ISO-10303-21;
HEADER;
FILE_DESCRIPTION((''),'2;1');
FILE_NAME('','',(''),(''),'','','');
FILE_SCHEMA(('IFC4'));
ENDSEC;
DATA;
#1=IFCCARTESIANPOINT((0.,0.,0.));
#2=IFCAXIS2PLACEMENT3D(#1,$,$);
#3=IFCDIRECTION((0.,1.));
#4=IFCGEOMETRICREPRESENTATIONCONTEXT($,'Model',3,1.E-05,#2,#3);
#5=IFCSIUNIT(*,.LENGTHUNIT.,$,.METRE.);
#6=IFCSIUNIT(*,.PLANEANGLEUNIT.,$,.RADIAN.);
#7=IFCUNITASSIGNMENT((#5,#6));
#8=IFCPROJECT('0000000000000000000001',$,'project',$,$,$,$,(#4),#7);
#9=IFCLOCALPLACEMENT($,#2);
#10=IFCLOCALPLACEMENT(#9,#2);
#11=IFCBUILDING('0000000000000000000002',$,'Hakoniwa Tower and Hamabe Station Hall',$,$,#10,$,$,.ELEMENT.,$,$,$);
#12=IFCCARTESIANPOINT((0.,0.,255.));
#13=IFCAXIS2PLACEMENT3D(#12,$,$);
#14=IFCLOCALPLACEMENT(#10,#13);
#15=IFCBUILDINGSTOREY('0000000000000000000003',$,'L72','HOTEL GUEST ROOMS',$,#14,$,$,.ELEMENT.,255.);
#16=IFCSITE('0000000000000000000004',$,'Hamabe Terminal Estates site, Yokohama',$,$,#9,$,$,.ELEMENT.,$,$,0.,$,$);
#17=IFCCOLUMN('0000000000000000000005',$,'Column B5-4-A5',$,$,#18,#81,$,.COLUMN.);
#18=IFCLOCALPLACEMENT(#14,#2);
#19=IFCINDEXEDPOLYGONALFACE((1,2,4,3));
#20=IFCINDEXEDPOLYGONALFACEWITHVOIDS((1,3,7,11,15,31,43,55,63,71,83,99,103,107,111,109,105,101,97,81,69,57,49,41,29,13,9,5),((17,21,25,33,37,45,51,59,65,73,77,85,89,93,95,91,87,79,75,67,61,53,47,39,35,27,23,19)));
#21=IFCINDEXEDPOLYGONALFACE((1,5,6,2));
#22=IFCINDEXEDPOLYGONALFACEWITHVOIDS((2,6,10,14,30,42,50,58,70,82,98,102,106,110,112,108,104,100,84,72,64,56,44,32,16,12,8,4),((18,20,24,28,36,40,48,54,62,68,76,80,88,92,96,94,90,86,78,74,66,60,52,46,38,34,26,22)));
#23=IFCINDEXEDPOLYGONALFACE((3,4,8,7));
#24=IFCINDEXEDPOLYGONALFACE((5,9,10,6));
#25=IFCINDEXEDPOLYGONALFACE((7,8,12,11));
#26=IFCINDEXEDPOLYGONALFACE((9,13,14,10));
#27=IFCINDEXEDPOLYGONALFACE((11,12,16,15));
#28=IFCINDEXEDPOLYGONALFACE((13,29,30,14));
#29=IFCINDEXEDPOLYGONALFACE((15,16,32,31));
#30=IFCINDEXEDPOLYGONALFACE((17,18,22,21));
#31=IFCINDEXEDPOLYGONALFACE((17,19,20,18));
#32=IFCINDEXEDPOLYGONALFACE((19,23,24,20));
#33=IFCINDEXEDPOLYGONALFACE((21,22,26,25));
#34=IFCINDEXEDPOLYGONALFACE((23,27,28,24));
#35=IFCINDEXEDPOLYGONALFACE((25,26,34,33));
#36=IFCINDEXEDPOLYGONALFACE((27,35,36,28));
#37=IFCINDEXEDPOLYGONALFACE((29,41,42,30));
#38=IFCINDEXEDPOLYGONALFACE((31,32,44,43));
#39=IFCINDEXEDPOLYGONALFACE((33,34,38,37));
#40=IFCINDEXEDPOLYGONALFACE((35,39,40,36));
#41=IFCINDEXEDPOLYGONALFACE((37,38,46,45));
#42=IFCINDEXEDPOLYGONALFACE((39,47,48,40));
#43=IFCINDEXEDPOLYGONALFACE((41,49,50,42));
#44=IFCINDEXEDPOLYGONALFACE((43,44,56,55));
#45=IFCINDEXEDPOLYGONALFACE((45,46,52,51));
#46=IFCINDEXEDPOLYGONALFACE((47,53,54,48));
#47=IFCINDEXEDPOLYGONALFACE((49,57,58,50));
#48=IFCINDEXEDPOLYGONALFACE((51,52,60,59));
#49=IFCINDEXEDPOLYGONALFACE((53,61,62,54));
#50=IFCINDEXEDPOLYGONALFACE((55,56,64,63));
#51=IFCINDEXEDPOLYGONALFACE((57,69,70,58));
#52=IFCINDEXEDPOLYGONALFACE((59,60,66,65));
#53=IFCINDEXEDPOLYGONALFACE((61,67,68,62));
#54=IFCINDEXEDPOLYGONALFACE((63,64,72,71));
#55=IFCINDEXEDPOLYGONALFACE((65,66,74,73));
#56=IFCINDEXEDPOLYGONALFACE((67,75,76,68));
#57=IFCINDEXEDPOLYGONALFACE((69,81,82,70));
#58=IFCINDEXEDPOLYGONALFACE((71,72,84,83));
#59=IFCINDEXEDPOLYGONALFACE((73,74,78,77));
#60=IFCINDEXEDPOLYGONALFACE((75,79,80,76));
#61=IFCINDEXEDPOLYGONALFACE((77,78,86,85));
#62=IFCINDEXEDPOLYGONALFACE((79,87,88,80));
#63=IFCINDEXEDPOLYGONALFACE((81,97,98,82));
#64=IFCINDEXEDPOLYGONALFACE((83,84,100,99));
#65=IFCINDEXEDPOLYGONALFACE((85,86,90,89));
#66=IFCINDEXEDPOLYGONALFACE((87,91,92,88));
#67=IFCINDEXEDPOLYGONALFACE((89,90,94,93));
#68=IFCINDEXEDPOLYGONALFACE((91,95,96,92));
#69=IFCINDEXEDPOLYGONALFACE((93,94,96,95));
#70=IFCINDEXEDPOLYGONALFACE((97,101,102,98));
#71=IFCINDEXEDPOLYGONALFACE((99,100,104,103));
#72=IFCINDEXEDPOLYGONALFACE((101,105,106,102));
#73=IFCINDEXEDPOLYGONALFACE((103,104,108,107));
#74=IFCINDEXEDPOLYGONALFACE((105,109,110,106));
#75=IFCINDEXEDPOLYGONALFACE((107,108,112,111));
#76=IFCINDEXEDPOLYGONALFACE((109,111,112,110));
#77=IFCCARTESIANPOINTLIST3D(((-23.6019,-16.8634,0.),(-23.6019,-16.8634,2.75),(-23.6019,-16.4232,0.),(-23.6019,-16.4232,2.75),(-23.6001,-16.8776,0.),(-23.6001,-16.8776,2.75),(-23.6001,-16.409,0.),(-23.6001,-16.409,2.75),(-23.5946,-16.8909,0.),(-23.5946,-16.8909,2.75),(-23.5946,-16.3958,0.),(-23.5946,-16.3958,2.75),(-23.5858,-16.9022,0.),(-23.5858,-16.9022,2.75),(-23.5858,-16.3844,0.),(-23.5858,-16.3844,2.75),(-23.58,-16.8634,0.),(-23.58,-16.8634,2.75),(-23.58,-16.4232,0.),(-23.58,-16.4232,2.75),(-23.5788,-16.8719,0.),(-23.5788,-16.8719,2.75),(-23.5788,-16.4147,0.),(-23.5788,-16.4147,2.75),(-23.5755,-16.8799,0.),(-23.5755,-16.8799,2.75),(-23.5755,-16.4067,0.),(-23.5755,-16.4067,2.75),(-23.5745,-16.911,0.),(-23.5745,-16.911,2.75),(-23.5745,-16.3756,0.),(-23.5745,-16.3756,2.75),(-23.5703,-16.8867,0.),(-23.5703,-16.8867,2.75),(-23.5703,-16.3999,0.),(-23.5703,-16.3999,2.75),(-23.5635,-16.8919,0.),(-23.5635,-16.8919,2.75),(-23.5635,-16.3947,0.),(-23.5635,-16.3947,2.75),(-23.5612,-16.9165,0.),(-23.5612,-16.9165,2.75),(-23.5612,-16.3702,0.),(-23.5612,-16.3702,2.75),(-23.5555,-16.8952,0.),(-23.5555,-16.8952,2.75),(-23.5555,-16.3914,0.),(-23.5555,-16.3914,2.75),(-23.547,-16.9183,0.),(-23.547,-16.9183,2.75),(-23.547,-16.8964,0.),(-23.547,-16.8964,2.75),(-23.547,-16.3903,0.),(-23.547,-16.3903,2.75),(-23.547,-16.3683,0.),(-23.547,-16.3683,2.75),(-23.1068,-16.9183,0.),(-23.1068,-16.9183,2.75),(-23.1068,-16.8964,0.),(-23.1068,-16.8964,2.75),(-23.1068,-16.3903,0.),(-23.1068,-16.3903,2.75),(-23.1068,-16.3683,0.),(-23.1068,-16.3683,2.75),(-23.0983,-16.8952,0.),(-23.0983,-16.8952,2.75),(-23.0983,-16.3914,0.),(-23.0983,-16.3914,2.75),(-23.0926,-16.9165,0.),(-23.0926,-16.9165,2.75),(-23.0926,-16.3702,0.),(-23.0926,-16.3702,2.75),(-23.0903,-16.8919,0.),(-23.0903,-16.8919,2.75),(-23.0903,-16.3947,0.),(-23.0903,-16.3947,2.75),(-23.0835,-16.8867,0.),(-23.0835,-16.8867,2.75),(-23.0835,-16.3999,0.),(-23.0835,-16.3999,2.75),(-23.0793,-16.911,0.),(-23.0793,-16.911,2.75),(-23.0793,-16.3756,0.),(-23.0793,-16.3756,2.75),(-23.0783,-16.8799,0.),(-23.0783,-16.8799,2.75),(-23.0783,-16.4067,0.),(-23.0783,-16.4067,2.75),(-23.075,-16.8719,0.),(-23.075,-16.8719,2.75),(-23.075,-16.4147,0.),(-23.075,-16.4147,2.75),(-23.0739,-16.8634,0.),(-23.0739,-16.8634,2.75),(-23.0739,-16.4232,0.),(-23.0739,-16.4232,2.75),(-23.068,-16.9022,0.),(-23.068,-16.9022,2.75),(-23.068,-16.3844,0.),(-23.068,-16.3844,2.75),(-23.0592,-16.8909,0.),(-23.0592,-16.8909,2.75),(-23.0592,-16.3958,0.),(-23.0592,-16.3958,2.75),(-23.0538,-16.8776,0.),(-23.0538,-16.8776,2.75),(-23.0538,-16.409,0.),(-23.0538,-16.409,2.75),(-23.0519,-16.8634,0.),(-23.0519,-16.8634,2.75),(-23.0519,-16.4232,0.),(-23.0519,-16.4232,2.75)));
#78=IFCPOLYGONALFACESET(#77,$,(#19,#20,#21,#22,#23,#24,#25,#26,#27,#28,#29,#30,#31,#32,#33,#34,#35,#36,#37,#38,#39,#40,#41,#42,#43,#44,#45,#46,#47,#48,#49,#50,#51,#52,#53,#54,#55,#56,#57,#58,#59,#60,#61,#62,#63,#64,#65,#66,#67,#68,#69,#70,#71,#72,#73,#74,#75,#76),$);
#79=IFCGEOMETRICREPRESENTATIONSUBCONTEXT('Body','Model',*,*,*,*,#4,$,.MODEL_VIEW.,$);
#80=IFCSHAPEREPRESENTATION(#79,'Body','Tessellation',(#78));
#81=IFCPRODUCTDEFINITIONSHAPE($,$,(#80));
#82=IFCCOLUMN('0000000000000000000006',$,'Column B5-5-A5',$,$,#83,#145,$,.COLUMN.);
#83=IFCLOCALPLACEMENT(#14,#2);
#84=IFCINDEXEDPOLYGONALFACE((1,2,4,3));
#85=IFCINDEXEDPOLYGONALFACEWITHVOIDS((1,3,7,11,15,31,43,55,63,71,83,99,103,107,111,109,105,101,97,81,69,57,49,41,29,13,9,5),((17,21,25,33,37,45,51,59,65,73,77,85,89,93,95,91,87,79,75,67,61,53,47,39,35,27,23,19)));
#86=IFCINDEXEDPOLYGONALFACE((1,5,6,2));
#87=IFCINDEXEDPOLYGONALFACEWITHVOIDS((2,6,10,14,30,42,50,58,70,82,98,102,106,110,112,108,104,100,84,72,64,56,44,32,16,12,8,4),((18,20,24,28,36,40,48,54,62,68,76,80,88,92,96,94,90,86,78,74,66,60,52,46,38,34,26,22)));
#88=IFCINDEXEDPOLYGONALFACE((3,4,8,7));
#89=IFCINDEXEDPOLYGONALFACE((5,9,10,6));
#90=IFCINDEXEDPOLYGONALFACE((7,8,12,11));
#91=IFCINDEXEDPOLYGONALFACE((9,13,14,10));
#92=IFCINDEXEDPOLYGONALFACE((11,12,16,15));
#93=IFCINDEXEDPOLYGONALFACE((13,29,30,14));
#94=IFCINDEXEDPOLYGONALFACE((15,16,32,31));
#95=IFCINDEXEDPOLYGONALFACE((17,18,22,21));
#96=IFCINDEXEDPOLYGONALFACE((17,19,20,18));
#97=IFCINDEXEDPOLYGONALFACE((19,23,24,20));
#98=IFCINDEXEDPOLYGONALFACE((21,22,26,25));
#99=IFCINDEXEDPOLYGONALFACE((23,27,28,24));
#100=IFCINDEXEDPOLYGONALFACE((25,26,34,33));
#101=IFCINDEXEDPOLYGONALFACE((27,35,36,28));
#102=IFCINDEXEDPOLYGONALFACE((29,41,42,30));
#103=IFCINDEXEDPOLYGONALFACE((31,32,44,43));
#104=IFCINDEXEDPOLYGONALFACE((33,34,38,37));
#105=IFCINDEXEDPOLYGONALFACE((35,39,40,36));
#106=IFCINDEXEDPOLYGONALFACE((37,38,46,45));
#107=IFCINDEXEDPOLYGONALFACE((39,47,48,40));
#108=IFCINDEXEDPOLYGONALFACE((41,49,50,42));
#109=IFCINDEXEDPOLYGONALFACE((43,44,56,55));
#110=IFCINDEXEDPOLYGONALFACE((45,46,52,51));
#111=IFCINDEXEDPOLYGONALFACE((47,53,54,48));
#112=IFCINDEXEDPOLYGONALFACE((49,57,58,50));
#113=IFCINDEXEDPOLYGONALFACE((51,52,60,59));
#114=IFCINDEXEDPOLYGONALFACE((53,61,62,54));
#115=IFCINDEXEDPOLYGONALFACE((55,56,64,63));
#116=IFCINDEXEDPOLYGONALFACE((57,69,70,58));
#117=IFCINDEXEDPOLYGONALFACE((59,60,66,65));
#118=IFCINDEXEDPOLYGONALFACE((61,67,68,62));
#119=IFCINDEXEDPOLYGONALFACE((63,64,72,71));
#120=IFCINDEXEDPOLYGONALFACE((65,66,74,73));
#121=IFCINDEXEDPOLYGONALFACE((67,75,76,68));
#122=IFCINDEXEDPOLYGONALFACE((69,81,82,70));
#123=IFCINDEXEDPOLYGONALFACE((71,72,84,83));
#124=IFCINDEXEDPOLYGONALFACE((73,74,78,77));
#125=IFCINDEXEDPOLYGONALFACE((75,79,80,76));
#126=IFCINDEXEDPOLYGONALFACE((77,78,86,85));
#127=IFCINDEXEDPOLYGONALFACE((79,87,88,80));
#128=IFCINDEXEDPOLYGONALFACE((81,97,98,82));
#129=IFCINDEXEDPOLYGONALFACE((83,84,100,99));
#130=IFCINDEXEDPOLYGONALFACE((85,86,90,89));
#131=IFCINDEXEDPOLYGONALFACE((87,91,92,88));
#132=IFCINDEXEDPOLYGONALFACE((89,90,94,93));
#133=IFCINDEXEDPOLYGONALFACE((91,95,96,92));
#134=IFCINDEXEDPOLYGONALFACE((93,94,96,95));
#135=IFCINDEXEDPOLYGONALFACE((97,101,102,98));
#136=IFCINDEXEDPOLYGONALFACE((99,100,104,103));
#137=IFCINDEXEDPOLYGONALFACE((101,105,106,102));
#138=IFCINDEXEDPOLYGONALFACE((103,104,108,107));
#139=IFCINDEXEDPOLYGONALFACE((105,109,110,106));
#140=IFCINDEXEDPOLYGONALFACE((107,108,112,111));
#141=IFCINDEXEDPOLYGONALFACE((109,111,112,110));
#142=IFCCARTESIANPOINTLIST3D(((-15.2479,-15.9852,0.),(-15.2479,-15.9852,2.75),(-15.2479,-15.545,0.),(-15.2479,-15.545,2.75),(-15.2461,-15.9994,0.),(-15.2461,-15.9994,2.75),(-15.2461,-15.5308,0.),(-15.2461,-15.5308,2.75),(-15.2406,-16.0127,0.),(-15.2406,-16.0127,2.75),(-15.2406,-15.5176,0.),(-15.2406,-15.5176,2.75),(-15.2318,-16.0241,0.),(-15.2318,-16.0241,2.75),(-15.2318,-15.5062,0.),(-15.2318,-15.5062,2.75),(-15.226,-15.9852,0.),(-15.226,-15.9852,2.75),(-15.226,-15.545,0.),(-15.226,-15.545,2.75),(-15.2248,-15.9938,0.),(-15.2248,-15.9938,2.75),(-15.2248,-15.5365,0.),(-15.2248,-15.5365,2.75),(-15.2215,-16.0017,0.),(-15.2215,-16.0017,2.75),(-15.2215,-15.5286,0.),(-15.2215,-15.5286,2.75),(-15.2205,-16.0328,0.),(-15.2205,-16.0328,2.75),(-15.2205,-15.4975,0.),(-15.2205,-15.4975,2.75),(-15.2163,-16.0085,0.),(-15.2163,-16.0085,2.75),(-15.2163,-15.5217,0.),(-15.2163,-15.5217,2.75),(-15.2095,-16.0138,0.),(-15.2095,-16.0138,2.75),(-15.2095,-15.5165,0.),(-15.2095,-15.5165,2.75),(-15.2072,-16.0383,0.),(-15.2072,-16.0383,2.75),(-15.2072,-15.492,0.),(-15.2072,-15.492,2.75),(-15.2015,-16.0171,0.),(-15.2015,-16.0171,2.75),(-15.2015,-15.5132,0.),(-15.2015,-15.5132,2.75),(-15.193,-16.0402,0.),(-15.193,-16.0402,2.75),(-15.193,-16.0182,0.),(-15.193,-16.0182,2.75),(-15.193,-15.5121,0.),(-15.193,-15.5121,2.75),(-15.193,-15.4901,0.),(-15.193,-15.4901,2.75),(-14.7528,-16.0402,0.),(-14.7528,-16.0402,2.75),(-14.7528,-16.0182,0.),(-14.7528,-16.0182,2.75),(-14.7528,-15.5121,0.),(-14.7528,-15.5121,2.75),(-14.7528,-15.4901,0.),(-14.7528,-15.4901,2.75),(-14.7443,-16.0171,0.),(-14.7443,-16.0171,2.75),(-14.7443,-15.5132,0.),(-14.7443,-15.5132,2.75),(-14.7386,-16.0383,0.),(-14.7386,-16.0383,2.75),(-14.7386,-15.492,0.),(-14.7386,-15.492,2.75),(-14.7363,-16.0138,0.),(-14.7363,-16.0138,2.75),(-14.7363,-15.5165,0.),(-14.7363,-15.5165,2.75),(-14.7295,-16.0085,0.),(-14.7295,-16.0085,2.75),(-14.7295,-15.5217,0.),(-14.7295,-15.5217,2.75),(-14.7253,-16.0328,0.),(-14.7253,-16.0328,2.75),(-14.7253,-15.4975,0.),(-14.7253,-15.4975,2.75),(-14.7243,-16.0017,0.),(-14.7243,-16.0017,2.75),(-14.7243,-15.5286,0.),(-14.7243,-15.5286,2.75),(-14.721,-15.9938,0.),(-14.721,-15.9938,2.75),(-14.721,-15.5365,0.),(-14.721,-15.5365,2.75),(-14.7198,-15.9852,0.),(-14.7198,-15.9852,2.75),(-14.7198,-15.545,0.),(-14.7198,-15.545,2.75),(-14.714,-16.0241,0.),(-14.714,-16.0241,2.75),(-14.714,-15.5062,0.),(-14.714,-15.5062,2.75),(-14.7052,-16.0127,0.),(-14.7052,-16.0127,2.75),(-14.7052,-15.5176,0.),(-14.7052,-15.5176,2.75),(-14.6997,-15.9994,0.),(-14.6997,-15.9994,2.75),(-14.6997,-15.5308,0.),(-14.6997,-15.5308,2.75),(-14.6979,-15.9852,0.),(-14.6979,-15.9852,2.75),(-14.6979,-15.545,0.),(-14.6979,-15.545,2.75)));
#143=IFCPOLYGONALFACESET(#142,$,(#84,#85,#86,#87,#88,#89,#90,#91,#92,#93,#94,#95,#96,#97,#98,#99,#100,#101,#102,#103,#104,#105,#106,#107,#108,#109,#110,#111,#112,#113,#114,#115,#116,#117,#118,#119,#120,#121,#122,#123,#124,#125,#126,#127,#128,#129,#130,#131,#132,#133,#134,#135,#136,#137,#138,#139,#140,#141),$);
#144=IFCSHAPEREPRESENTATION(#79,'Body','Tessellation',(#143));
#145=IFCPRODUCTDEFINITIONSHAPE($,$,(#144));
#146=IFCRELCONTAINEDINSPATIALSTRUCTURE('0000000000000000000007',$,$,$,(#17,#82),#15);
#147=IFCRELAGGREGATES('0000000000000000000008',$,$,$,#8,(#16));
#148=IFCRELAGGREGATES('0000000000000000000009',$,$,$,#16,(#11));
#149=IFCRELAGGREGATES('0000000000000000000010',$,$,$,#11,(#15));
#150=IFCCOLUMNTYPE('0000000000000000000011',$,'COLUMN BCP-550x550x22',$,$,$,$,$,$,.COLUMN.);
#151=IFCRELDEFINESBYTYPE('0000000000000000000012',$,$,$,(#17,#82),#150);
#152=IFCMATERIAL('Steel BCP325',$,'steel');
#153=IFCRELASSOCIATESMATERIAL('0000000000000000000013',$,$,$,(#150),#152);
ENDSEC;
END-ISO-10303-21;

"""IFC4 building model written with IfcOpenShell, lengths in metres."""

from ifc_helpers import new_model, si_unit, direction, frame, origin, origin_2d, place, context, subcontext, project, spatial, hollow_rectangle, extrude, material, material_profile, profile_set, type_object, element, save


model = new_model("IFC4")

# Units and contexts
model_context = context("Model", 3, precision=1e-05, world=origin(), true_north=direction((0.0, 1.0)))
body_context = subcontext(model_context, "Body", "Model", "MODEL_VIEW")
ifc_project = project(units=[si_unit("LENGTHUNIT", "METRE"), si_unit("PLANEANGLEUNIT", "RADIAN")], contexts=[model_context])

# Site, building, storey
site_placement = place(None, origin())
site = spatial("IfcSite", under=ifc_project, at=site_placement, Name="Hamabe Terminal Estates site, Yokohama", CompositionType="ELEMENT", RefElevation=0.0)
building_placement = place(site_placement, origin())
building = spatial("IfcBuilding", under=site, at=building_placement, Name="Hakoniwa Tower and Hamabe Station Hall", CompositionType="ELEMENT")
storey_placement = place(building_placement, frame((0.0, 0.0, 255.0)))
storey = spatial("IfcBuildingStorey", under=building, at=storey_placement, Name="L72", Description="HOTEL GUEST ROOMS", CompositionType="ELEMENT", Elevation=255.0)

# Columns
ifc_material_1 = material(Name="Steel BCP325", Category="steel")
ifc_material_profile_1 = material_profile(ifc_material_1, hollow_rectangle(XDim=0.55, YDim=0.55, WallThickness=0.022, InnerFilletRadius=0.033, OuterFilletRadius=0.0549, at=origin_2d()), Name="BCP-550x550x22")
ifc_profile_set_1 = profile_set([ifc_material_profile_1], Name="Steel BCP325")
column_type_1 = type_object("IfcColumnType", Name="COLUMN BCP-550x550x22", PredefinedType="COLUMN", material=ifc_profile_set_1)
for number, where, z_axis, x_axis, name in (
    (1, (-23.3269, -16.6433, 0.0), (0.0, 0.0, 1.0), (1.0, 0.0, 0.0), "Column B5-4-A5"),
    (2, (-14.9729, -15.7651, 0.0), (0.0, 0.0, 1.0), (1.0, 0.0, 0.0), "Column B5-5-A5"),
):
    element("IfcColumn", number, at=place(storey_placement, frame(where, z_axis=z_axis, x_axis=x_axis)), inside=storey, type_object=column_type_1, Name=name, PredefinedType="COLUMN", context=body_context, shape_type="SweptSolid", body=[
        extrude(hollow_rectangle(XDim=0.55, YDim=0.55, WallThickness=0.022, InnerFilletRadius=0.033, OuterFilletRadius=0.0549, at=origin_2d()), origin(), (0.0, 0.0, 1.0), 2.75),
    ])

save(model, "model.ifc")
